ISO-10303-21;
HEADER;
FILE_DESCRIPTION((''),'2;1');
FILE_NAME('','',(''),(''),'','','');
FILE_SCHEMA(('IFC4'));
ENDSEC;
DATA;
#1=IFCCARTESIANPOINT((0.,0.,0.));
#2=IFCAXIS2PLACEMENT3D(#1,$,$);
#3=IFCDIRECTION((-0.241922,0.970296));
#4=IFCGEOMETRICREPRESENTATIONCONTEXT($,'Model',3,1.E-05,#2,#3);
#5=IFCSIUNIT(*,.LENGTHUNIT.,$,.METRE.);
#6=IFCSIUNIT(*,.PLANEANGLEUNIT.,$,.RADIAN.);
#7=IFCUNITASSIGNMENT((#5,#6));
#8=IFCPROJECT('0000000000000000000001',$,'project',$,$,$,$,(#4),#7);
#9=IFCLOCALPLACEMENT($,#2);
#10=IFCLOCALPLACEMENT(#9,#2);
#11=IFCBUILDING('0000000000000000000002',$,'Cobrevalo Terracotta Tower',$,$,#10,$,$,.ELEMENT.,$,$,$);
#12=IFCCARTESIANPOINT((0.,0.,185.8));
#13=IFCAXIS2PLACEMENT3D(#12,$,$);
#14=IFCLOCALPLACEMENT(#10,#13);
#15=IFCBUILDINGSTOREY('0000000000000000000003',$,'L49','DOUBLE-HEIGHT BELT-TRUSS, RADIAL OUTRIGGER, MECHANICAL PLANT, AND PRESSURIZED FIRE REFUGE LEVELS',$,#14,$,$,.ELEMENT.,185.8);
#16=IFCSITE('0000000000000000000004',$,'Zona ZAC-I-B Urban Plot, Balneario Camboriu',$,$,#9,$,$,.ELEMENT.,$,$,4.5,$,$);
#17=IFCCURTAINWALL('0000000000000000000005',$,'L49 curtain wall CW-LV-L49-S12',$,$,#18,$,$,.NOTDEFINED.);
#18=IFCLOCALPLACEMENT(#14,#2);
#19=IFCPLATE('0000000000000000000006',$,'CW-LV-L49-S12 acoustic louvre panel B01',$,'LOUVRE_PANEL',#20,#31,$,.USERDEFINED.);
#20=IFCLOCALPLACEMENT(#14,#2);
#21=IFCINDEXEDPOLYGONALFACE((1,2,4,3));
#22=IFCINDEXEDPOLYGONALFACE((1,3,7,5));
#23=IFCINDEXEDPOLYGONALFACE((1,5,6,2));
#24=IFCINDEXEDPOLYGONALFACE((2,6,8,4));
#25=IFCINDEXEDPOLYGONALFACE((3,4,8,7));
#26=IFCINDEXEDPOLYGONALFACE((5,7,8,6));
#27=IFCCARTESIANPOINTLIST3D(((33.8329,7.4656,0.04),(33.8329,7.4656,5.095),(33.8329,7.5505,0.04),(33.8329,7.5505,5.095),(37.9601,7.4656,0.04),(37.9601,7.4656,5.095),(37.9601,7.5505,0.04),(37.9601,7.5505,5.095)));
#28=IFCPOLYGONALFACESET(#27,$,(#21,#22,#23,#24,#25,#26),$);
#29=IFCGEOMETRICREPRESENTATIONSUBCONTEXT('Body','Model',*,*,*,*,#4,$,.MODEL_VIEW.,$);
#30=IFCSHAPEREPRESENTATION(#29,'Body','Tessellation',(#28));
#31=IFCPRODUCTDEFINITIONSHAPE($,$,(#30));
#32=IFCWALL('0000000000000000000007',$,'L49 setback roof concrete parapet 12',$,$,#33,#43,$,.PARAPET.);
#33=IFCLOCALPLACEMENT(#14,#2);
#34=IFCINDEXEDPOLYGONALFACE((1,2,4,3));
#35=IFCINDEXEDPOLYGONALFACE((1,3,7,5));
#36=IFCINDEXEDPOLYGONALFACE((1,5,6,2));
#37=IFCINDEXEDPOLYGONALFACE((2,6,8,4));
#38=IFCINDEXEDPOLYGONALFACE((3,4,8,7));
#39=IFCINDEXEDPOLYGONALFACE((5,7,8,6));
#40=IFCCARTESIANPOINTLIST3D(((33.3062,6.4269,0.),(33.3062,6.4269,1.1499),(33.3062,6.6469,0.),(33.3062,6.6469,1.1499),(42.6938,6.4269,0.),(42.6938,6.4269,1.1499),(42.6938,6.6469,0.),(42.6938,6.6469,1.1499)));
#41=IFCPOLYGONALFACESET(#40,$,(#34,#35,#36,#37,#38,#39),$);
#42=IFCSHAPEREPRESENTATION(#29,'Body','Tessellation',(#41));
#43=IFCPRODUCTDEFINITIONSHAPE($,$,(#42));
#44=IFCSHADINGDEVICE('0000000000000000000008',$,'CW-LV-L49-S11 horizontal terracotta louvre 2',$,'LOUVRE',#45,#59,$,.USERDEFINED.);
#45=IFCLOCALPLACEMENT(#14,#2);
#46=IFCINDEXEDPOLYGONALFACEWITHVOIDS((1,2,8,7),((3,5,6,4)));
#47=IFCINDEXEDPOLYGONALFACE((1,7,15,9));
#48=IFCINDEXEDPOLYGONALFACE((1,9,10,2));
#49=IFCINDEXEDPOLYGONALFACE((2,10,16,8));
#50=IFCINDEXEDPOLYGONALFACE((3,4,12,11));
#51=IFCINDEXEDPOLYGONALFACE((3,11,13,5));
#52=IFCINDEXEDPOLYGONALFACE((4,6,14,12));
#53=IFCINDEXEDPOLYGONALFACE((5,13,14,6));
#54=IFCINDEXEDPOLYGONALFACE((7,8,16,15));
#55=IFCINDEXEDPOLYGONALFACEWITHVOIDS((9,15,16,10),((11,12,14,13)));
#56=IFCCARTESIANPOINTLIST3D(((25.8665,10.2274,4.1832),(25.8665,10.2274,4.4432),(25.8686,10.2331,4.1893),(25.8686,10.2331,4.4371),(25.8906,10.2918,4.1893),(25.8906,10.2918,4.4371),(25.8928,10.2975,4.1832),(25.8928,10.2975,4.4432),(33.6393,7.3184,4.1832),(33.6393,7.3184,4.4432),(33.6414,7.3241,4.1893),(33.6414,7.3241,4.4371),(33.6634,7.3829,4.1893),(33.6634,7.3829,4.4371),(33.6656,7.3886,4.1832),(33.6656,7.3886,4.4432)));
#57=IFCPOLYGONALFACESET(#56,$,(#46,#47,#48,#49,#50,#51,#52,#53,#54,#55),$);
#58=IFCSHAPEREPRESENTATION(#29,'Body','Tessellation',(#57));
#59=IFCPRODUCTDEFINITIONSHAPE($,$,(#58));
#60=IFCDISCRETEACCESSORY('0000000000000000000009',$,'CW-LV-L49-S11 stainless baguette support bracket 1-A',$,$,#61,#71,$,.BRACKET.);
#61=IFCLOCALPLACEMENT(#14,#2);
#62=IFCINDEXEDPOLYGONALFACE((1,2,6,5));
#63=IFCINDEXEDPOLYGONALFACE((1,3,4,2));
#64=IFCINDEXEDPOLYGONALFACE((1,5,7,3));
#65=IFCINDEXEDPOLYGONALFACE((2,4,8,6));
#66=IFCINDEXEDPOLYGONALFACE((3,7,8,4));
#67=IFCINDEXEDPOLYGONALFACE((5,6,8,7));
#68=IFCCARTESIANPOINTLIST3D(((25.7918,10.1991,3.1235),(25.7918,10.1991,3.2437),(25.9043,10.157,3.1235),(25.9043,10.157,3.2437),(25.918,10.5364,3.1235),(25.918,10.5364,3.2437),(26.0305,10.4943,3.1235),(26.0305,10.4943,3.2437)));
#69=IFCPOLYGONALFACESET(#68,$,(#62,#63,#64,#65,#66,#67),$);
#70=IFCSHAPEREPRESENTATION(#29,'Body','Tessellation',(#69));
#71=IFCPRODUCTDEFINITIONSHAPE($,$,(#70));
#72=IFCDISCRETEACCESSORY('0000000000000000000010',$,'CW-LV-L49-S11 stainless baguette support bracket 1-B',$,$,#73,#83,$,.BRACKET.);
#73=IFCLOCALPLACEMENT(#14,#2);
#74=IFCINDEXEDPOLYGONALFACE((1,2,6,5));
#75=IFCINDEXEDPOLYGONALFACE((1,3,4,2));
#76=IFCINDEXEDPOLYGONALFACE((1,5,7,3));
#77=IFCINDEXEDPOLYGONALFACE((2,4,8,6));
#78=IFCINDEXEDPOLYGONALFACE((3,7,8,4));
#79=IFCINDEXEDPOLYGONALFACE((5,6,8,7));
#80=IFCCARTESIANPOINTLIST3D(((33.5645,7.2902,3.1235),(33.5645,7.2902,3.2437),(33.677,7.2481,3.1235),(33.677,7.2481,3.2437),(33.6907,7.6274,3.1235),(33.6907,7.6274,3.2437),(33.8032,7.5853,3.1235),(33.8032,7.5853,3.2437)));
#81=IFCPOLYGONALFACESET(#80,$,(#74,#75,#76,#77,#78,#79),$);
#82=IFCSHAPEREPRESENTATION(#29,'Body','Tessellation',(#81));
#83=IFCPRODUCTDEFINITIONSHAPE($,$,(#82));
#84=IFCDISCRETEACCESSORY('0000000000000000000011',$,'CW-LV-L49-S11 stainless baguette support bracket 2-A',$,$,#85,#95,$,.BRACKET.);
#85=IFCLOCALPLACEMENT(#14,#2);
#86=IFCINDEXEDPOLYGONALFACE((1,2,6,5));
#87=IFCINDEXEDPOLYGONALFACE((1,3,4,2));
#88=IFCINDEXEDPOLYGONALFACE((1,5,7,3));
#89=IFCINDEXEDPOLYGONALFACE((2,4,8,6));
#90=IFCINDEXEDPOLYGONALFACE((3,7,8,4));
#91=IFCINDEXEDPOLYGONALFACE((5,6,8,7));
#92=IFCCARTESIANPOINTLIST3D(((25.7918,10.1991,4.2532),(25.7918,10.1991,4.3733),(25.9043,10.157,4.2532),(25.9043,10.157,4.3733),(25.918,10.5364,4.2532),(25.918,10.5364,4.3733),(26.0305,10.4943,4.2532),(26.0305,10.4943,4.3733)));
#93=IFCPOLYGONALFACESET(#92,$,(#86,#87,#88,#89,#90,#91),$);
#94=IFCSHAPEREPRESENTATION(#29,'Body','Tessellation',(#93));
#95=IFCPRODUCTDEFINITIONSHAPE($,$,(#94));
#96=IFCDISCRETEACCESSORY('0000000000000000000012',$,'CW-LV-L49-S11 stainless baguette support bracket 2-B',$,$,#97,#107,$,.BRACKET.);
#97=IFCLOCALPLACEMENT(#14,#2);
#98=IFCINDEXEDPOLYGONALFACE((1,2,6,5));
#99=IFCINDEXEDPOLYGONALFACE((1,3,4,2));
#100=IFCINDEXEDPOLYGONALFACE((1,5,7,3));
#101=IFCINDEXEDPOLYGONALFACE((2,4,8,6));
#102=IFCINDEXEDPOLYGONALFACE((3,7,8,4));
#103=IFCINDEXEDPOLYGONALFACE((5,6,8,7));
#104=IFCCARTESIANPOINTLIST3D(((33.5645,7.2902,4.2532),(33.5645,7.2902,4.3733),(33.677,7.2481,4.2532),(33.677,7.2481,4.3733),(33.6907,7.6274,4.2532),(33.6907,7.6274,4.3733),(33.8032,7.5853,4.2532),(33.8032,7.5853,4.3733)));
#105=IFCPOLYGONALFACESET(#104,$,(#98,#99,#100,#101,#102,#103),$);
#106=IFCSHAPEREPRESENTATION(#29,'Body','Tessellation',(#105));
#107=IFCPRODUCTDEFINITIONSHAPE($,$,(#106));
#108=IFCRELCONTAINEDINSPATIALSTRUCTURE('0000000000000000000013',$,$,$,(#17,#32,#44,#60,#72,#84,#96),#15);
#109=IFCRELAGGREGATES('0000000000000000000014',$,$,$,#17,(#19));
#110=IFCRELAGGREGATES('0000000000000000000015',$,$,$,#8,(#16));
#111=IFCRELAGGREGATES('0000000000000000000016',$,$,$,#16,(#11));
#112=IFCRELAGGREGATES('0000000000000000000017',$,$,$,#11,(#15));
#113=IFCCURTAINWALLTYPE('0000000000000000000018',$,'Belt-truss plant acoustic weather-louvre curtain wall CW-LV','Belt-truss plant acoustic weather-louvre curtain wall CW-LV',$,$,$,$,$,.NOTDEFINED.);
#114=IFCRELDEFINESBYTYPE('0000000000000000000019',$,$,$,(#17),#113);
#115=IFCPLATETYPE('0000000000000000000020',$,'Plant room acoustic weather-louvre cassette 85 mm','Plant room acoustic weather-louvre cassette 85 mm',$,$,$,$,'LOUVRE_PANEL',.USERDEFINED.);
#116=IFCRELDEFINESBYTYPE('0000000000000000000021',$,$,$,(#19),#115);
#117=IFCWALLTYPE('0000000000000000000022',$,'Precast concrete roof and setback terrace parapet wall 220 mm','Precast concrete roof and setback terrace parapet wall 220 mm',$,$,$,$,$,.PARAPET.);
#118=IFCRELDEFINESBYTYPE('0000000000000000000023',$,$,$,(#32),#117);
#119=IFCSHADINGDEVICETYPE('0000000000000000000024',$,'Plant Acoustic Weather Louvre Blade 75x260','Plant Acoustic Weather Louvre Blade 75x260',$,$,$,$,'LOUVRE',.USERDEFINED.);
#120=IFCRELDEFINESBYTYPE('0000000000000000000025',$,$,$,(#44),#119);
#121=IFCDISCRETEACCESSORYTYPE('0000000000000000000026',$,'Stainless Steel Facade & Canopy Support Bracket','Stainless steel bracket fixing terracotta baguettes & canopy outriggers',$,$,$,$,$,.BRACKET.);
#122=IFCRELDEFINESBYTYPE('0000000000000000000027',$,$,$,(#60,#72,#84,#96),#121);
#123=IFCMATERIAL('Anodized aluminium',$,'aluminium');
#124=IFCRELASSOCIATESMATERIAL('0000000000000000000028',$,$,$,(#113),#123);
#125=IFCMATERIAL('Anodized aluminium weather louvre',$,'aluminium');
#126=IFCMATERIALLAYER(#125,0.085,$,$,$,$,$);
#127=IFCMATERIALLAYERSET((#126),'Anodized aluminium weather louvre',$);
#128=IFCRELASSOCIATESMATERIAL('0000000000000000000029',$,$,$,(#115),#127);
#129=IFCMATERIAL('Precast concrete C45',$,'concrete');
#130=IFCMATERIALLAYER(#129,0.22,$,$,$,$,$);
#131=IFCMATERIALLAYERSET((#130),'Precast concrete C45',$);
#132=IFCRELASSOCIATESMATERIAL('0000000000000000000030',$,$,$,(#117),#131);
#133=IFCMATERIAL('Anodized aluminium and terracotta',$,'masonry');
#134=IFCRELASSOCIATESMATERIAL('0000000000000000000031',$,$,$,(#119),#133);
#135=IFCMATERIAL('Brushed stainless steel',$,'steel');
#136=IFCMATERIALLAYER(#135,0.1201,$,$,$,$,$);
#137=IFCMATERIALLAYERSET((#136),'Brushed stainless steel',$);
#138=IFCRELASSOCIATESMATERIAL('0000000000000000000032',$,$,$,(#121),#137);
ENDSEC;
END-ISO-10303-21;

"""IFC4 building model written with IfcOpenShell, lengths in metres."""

from ifc_helpers import new_model, si_unit, direction, frame, frame_2d, origin, origin_2d, place, context, subcontext, project, spatial, rectangle, hollow_rectangle, extrude, source, transform, mapped, material, layer, layer_set, material_profile, profile_set, type_object, element, aggregate, save


model = new_model("IFC4")

# Units and contexts
model_context = context("Model", 3, precision=1e-05, world=origin(), true_north=direction((-0.241922, 0.970296)))
body_context = subcontext(model_context, "Body", "Model", "MODEL_VIEW")
ifc_project = project(units=[si_unit("LENGTHUNIT", "METRE"), si_unit("PLANEANGLEUNIT", "RADIAN")], contexts=[model_context])

# Site, building, storey
site_placement = place(None, origin())
site = spatial("IfcSite", under=ifc_project, at=site_placement, Name="Zona ZAC-I-B Urban Plot, Balneario Camboriu", CompositionType="ELEMENT", RefElevation=4.5)
building_placement = place(site_placement, origin())
building = spatial("IfcBuilding", under=site, at=building_placement, Name="Cobrevalo Terracotta Tower", CompositionType="ELEMENT")
storey_placement = place(building_placement, frame((0.0, 0.0, 185.8)))
storey = spatial("IfcBuildingStorey", under=building, at=storey_placement, Name="L49", Description="DOUBLE-HEIGHT BELT-TRUSS, RADIAL OUTRIGGER, MECHANICAL PLANT, AND PRESSURIZED FIRE REFUGE LEVELS", CompositionType="ELEMENT", Elevation=185.8)

# Shared definitions
ifc_material_1 = material(Name="Anodized aluminium", Category="aluminium")
curtain_wall_type = type_object("IfcCurtainWallType", Name="Belt-truss plant acoustic weather-louvre curtain wall CW-LV", Description="Belt-truss plant acoustic weather-louvre curtain wall CW-LV", PredefinedType="NOTDEFINED", material=ifc_material_1)

# Curtain wall
curtain_wall_1_placement = place(storey_placement, origin())
curtain_wall_1 = element("IfcCurtainWall", 1, at=curtain_wall_1_placement, inside=storey, type_object=curtain_wall_type, Name="L49 curtain wall CW-LV-L49-S12", PredefinedType="NOTDEFINED")

# Plate
ifc_material_2 = material(Name="Anodized aluminium weather louvre", Category="aluminium")
ifc_layer_1 = layer(ifc_material_2, 0.085)
ifc_layer_set_1 = layer_set([ifc_layer_1], Name="Anodized aluminium weather louvre")
plate_type_1 = type_object("IfcPlateType", Name="Plant room acoustic weather-louvre cassette 85 mm", Description="Plant room acoustic weather-louvre cassette 85 mm", ElementType="LOUVRE_PANEL", PredefinedType="USERDEFINED", material=ifc_layer_set_1)
shared_shape_1 = source(origin(), body_context, "Body", "SweptSolid", [
    extrude(rectangle(XDim=4.1272, YDim=0.085, at=origin_2d()), origin(), (0.0, 0.0, 1.0), 5.0549),
])
plate_1_placement = place(storey_placement, frame((35.8965, 7.5081, 0.04), z_axis=(0.0, 0.0, 1.0), x_axis=(1.0, 0.0, 0.0)))
plate_1 = element("IfcPlate", 2, at=plate_1_placement, type_object=plate_type_1, Name="CW-LV-L49-S12 acoustic louvre panel B01", ObjectType="LOUVRE_PANEL", PredefinedType="USERDEFINED", context=body_context, shape_type="MappedRepresentation", body=[
    mapped(shared_shape_1, transform((0.0, 0.0, 0.0), scale=1.0)),
])
aggregate(curtain_wall_1, [plate_1])

# Wall
ifc_material_3 = material(Name="Precast concrete C45", Category="concrete")
ifc_layer_2 = layer(ifc_material_3, 0.22)
ifc_layer_set_2 = layer_set([ifc_layer_2], Name="Precast concrete C45")
wall_type = type_object("IfcWallType", Name="Precast concrete roof and setback terrace parapet wall 220 mm", Description="Precast concrete roof and setback terrace parapet wall 220 mm", PredefinedType="PARAPET", material=ifc_layer_set_2)
wall_placement = place(storey_placement, frame((33.3062, 6.5369, 0.0), z_axis=(0.0, 0.0, 1.0), x_axis=(1.0, 0.0, 0.0)))
element("IfcWall", 3, at=wall_placement, inside=storey, type_object=wall_type, Name="L49 setback roof concrete parapet 12", PredefinedType="PARAPET", context=body_context, shape_type="SweptSolid", body=[
    extrude(rectangle(XDim=9.3877, YDim=0.22, at=frame_2d((4.6938, 0.0))), origin(), (0.0, 0.0, 1.0), 1.1499),
])

# Shading device
ifc_material_4 = material(Name="Anodized aluminium and terracotta", Category="masonry")
ifc_material_profile_1 = material_profile(ifc_material_4, hollow_rectangle(XDim=0.075, YDim=0.26, WallThickness=0.0061, at=origin_2d()), Name="LOUVRE BLADE 75x260")
ifc_profile_set_1 = profile_set([ifc_material_profile_1], Name="Anodized aluminium and terracotta")
shading_device_type = type_object("IfcShadingDeviceType", Name="Plant Acoustic Weather Louvre Blade 75x260", Description="Plant Acoustic Weather Louvre Blade 75x260", ElementType="LOUVRE", PredefinedType="USERDEFINED", material=ifc_profile_set_1)
shared_shape_2 = source(origin(), body_context, "Body", "SweptSolid", [
    extrude(hollow_rectangle(XDim=0.075, YDim=0.26, WallThickness=0.0061, at=origin_2d()), origin(), (0.0, 0.0, 1.0), 8.2993),
])
shading_device_placement = place(storey_placement, frame((25.8796, 10.2625, 4.3132), z_axis=(0.93656, -0.350508, 0.0), x_axis=(0.350508, 0.93656, 0.0)))
element("IfcShadingDevice", 4, at=shading_device_placement, inside=storey, type_object=shading_device_type, Name="CW-LV-L49-S11 horizontal terracotta louvre 2", ObjectType="LOUVRE", PredefinedType="USERDEFINED", context=body_context, shape_type="MappedRepresentation", body=[
    mapped(shared_shape_2, transform((0.0, 0.0, 0.0), scale=1.0)),
])

# Discrete accessories
ifc_material_5 = material(Name="Brushed stainless steel", Category="steel")
ifc_layer_3 = layer(ifc_material_5, 0.1201)
ifc_layer_set_3 = layer_set([ifc_layer_3], Name="Brushed stainless steel")
discrete_accessory_type = type_object("IfcDiscreteAccessoryType", Name="Stainless Steel Facade & Canopy Support Bracket", Description="Stainless steel bracket fixing terracotta baguettes & canopy outriggers", PredefinedType="BRACKET", material=ifc_layer_set_3)
shared_shape_3 = source(origin(), body_context, "Body", "SweptSolid", [
    extrude(rectangle(XDim=0.1201, YDim=0.3601, at=origin_2d()), origin(), (0.0, 0.0, 1.0), 0.1201),
])
for number, where, z_axis, x_axis, name in (
    (5, (25.9111, 10.3467, 3.1235), (0.0, 0.0, 1.0), (0.936558, -0.350513, 0.0), "CW-LV-L49-S11 stainless baguette support bracket 1-A"),
    (6, (33.6838, 7.4377, 3.1235), (0.0, 0.0, 1.0), (0.936558, -0.350513, 0.0), "CW-LV-L49-S11 stainless baguette support bracket 1-B"),
    (7, (25.9111, 10.3467, 4.2532), (0.0, 0.0, 1.0), (0.936558, -0.350513, 0.0), "CW-LV-L49-S11 stainless baguette support bracket 2-A"),
    (8, (33.6838, 7.4377, 4.2532), (0.0, 0.0, 1.0), (0.936558, -0.350513, 0.0), "CW-LV-L49-S11 stainless baguette support bracket 2-B"),
):
    element("IfcDiscreteAccessory", number, at=place(storey_placement, frame(where, z_axis=z_axis, x_axis=x_axis)), inside=storey, type_object=discrete_accessory_type, Name=name, PredefinedType="BRACKET", context=body_context, shape_type="MappedRepresentation", body=[
        mapped(shared_shape_3, transform((0.0, 0.0, 0.0), scale=1.0)),
    ])

save(model, "model.ifc")
